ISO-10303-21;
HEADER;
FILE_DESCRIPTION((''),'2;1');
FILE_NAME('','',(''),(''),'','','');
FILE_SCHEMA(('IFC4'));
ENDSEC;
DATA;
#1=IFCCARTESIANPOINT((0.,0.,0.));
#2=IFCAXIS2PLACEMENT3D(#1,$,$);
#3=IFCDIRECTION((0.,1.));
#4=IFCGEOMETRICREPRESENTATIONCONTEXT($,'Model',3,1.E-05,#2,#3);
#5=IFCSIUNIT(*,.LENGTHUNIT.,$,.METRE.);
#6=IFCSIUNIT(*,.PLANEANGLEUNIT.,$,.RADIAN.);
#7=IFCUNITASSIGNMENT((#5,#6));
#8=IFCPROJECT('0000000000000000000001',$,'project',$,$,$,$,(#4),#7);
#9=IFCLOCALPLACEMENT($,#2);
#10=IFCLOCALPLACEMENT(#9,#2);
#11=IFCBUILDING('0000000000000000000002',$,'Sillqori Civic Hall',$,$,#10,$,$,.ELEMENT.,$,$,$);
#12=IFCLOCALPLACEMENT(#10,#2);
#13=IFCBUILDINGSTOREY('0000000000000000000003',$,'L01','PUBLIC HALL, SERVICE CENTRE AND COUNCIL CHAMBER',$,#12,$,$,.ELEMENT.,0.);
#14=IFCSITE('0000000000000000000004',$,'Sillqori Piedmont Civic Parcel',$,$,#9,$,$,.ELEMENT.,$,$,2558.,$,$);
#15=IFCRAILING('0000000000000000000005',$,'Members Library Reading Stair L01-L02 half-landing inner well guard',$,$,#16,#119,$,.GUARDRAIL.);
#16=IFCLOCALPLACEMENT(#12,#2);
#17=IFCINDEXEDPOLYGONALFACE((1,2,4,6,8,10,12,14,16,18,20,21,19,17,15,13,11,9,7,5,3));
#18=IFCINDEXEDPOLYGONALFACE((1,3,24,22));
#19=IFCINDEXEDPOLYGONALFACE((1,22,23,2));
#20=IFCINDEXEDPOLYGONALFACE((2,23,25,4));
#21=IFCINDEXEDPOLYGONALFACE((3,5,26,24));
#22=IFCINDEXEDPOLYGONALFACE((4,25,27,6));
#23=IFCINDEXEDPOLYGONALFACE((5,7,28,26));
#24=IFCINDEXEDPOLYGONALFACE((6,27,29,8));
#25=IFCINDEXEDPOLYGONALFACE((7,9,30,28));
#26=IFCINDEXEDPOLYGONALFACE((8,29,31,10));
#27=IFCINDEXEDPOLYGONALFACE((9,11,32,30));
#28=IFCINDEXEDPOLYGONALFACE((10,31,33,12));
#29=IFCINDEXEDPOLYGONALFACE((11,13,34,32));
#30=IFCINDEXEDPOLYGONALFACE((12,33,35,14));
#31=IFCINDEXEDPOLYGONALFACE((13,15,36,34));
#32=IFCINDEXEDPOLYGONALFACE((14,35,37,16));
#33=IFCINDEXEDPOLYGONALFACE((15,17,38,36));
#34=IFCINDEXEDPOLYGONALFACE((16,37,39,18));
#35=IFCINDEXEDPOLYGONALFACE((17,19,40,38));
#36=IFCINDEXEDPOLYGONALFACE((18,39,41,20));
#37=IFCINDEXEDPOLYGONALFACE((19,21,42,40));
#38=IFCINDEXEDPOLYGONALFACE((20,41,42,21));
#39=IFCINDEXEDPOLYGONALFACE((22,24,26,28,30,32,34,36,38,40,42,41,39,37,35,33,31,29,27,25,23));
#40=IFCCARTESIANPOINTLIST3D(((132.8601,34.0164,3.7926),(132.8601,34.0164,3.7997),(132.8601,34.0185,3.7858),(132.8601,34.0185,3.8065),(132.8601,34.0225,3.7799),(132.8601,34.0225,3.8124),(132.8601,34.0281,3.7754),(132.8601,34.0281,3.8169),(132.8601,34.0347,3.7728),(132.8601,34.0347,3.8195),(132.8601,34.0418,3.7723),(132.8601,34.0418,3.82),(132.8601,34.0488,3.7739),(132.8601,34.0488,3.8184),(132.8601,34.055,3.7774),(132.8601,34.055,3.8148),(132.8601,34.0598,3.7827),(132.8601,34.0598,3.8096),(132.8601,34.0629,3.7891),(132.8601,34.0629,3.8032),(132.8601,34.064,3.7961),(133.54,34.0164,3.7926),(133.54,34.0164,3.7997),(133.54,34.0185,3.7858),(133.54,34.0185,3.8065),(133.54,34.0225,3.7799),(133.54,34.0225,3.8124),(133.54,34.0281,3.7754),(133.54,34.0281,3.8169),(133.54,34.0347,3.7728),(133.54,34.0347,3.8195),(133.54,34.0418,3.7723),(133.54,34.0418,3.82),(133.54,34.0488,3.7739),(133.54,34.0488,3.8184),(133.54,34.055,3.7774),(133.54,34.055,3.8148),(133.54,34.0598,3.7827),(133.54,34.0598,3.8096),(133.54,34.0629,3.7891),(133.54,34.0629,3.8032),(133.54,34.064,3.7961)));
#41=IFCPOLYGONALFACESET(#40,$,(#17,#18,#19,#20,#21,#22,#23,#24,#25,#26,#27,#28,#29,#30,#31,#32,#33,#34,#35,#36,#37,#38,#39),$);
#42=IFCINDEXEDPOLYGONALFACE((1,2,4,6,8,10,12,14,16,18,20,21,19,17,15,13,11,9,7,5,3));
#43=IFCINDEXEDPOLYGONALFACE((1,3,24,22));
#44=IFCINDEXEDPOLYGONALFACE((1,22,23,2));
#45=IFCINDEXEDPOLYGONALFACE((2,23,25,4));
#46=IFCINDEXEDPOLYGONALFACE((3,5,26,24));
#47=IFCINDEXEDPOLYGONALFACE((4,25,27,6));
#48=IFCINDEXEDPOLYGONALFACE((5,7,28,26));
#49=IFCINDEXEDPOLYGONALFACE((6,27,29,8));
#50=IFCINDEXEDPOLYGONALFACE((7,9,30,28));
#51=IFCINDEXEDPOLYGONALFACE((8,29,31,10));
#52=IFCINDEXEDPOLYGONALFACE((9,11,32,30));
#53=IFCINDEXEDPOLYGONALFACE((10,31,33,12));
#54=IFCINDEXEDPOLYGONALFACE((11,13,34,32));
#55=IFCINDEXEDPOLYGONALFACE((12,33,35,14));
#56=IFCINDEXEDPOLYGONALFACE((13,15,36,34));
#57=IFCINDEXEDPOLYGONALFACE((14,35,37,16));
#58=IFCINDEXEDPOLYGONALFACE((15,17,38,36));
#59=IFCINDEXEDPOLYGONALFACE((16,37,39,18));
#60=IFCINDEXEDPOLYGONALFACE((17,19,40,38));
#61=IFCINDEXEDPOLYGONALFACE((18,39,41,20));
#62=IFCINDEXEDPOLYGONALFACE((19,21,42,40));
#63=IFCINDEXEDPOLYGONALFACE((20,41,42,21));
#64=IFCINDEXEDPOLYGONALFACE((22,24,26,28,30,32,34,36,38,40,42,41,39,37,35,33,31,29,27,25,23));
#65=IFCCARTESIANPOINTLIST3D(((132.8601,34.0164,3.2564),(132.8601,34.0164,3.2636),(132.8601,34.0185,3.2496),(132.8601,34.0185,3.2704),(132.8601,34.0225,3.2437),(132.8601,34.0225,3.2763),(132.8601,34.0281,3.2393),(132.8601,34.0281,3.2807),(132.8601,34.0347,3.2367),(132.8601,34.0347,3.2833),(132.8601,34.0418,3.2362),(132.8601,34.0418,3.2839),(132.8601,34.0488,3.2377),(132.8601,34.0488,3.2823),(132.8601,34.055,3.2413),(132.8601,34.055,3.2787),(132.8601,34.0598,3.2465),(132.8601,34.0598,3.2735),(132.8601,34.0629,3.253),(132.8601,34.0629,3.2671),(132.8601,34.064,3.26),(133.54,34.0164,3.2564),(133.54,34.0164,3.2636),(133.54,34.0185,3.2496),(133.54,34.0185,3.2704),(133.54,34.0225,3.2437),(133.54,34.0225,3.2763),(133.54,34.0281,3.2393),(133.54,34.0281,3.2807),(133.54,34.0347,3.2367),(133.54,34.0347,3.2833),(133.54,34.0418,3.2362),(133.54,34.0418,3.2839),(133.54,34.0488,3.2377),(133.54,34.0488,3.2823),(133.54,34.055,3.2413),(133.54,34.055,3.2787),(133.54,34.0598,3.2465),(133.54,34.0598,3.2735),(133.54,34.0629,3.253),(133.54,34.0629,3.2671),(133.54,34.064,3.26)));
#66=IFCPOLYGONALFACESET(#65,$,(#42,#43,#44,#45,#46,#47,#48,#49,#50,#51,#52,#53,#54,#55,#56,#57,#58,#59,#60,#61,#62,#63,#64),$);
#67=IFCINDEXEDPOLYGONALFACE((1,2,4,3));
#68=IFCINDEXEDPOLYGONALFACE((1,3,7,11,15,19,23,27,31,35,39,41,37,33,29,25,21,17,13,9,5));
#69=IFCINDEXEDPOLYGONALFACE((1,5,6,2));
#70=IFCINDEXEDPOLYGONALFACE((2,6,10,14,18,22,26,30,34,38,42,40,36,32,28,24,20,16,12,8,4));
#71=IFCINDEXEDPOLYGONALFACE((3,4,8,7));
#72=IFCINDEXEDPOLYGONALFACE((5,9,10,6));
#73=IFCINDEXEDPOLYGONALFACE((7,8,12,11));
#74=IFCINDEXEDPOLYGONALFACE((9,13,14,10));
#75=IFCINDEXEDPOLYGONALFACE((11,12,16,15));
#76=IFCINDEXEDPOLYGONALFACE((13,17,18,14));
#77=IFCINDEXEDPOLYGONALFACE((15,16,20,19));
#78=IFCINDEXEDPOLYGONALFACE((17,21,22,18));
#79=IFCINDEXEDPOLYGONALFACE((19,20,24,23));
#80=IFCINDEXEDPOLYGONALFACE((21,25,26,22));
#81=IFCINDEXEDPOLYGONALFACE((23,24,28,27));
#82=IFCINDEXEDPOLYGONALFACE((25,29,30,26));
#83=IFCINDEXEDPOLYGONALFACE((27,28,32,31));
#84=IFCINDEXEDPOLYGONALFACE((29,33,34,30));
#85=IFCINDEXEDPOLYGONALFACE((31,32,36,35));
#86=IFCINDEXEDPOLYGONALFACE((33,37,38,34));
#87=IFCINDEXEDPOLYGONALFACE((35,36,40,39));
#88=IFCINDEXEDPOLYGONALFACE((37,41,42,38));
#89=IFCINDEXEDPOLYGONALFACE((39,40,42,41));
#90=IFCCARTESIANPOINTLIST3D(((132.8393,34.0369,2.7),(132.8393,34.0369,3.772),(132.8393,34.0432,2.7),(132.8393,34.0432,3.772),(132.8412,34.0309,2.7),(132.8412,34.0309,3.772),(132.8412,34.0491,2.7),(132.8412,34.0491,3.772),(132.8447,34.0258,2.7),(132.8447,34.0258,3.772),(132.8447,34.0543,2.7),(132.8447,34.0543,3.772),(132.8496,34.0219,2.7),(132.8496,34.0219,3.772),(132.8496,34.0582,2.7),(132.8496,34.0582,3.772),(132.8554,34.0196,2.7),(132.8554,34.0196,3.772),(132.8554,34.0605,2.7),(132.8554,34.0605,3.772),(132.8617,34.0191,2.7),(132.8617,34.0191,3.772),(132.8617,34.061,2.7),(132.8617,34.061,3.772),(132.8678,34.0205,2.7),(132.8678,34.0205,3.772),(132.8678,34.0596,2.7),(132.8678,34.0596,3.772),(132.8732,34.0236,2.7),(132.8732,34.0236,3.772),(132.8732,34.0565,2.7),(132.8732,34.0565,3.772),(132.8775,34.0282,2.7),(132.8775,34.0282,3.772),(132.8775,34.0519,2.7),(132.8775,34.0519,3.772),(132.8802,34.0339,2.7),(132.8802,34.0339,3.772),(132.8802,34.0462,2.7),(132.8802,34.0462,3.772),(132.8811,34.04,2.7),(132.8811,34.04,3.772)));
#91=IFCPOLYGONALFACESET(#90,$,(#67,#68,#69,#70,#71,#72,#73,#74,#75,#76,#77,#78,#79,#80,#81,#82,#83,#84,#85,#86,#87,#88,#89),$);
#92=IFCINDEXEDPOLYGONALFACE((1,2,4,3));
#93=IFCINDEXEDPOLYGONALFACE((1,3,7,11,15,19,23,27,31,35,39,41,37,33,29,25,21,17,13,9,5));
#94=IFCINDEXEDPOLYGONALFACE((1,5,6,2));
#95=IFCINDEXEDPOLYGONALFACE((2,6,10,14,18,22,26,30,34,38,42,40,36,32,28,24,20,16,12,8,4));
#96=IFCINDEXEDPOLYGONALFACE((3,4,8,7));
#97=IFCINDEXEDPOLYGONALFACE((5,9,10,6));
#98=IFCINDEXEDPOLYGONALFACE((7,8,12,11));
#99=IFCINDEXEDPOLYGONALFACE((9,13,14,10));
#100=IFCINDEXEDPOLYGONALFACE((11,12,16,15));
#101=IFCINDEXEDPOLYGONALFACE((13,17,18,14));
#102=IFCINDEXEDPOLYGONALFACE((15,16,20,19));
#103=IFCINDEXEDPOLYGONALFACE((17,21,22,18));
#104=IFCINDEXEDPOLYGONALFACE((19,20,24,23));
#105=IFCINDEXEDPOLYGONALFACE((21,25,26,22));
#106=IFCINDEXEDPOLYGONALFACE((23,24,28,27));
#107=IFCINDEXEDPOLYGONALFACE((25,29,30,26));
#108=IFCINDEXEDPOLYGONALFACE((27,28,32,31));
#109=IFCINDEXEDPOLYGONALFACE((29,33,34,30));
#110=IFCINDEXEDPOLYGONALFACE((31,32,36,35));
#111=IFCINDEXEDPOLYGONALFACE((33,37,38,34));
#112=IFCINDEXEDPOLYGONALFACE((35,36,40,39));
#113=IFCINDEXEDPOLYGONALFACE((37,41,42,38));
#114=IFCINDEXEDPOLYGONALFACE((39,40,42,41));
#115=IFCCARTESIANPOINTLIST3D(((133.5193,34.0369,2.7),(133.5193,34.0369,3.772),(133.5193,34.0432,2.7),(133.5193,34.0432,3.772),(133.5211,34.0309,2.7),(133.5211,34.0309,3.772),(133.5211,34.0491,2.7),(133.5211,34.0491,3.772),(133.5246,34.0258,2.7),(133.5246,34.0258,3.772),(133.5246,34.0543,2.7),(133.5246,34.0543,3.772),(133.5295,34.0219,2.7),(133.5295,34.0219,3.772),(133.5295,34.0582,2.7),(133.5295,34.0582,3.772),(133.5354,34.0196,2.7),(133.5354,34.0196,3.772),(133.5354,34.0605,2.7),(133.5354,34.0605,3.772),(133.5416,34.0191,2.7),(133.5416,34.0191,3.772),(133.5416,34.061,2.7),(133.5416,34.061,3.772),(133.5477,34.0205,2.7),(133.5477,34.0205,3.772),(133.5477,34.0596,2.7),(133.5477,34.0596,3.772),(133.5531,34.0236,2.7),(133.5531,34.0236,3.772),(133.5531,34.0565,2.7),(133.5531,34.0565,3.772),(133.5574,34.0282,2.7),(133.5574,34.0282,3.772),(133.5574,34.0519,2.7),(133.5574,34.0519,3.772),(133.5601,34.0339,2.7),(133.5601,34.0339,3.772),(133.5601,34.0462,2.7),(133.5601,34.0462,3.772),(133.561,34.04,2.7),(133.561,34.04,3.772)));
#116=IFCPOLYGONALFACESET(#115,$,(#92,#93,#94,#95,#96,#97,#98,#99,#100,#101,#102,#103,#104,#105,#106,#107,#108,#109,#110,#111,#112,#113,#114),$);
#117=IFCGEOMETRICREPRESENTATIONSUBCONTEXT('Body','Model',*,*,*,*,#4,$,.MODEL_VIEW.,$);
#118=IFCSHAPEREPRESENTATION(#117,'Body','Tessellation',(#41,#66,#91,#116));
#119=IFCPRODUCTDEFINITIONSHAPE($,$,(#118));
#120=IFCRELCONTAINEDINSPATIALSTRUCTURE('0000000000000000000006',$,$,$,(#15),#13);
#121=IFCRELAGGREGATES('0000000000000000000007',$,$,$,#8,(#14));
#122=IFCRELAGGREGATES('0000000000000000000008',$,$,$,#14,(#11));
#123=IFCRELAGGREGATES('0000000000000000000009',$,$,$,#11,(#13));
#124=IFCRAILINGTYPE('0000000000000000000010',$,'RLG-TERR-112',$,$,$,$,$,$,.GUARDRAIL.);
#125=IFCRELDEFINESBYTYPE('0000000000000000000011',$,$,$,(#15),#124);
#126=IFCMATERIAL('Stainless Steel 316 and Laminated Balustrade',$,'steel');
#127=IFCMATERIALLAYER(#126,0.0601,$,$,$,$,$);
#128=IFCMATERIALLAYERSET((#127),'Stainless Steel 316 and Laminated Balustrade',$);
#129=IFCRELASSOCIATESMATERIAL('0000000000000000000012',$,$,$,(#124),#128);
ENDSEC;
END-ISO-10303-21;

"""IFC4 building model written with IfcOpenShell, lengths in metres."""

from ifc_helpers import new_model, si_unit, direction, frame, origin, origin_2d, place, context, subcontext, project, spatial, circle, extrude, material, layer, layer_set, type_object, element, save


model = new_model("IFC4")

# Units and contexts
model_context = context("Model", 3, precision=1e-05, world=origin(), true_north=direction((0.0, 1.0)))
body_context = subcontext(model_context, "Body", "Model", "MODEL_VIEW")
ifc_project = project(units=[si_unit("LENGTHUNIT", "METRE"), si_unit("PLANEANGLEUNIT", "RADIAN")], contexts=[model_context])

# Site, building, storey
site_placement = place(None, origin())
site = spatial("IfcSite", under=ifc_project, at=site_placement, Name="Sillqori Piedmont Civic Parcel", CompositionType="ELEMENT", RefElevation=2558.0)
building_placement = place(site_placement, origin())
building = spatial("IfcBuilding", under=site, at=building_placement, Name="Sillqori Civic Hall", CompositionType="ELEMENT")
storey_placement = place(building_placement, origin())
storey = spatial("IfcBuildingStorey", under=building, at=storey_placement, Name="L01", Description="PUBLIC HALL, SERVICE CENTRE AND COUNCIL CHAMBER", CompositionType="ELEMENT", Elevation=0.0)

# Railing
ifc_material_1 = material(Name="Stainless Steel 316 and Laminated Balustrade", Category="steel")
ifc_layer_1 = layer(ifc_material_1, 0.0601)
ifc_layer_set_1 = layer_set([ifc_layer_1], Name="Stainless Steel 316 and Laminated Balustrade")
railing_type_1 = type_object("IfcRailingType", Name="RLG-TERR-112", PredefinedType="GUARDRAIL", material=ifc_layer_set_1)
railing_1_placement = place(storey_placement, frame((132.8601, 34.04, 2.7)))
element("IfcRailing", 1, at=railing_1_placement, inside=storey, type_object=railing_type_1, Name="Members Library Reading Stair L01-L02 half-landing inner well guard", PredefinedType="GUARDRAIL", context=body_context, shape_type="SweptSolid", body=[
    extrude(circle(Radius=0.0239, at=origin_2d()), frame((0.0, 0.0, 1.0962), z_axis=(1.0, 0.0, 0.0), x_axis=(0.0, 1.0, 0.0)), (0.0, 0.0, 1.0), 0.6799),
    extrude(circle(Radius=0.0239, at=origin_2d()), frame((0.0, 0.0, 0.5601), z_axis=(1.0, 0.0, 0.0), x_axis=(0.0, 1.0, 0.0)), (0.0, 0.0, 1.0), 0.6799),
    extrude(circle(Radius=0.021, at=origin_2d()), origin(), (0.0, 0.0, 1.0), 1.072),
    extrude(circle(Radius=0.021, at=origin_2d()), frame((0.6799, 0.0, 0.0)), (0.0, 0.0, 1.0), 1.072),
])

save(model, "model.ifc")
